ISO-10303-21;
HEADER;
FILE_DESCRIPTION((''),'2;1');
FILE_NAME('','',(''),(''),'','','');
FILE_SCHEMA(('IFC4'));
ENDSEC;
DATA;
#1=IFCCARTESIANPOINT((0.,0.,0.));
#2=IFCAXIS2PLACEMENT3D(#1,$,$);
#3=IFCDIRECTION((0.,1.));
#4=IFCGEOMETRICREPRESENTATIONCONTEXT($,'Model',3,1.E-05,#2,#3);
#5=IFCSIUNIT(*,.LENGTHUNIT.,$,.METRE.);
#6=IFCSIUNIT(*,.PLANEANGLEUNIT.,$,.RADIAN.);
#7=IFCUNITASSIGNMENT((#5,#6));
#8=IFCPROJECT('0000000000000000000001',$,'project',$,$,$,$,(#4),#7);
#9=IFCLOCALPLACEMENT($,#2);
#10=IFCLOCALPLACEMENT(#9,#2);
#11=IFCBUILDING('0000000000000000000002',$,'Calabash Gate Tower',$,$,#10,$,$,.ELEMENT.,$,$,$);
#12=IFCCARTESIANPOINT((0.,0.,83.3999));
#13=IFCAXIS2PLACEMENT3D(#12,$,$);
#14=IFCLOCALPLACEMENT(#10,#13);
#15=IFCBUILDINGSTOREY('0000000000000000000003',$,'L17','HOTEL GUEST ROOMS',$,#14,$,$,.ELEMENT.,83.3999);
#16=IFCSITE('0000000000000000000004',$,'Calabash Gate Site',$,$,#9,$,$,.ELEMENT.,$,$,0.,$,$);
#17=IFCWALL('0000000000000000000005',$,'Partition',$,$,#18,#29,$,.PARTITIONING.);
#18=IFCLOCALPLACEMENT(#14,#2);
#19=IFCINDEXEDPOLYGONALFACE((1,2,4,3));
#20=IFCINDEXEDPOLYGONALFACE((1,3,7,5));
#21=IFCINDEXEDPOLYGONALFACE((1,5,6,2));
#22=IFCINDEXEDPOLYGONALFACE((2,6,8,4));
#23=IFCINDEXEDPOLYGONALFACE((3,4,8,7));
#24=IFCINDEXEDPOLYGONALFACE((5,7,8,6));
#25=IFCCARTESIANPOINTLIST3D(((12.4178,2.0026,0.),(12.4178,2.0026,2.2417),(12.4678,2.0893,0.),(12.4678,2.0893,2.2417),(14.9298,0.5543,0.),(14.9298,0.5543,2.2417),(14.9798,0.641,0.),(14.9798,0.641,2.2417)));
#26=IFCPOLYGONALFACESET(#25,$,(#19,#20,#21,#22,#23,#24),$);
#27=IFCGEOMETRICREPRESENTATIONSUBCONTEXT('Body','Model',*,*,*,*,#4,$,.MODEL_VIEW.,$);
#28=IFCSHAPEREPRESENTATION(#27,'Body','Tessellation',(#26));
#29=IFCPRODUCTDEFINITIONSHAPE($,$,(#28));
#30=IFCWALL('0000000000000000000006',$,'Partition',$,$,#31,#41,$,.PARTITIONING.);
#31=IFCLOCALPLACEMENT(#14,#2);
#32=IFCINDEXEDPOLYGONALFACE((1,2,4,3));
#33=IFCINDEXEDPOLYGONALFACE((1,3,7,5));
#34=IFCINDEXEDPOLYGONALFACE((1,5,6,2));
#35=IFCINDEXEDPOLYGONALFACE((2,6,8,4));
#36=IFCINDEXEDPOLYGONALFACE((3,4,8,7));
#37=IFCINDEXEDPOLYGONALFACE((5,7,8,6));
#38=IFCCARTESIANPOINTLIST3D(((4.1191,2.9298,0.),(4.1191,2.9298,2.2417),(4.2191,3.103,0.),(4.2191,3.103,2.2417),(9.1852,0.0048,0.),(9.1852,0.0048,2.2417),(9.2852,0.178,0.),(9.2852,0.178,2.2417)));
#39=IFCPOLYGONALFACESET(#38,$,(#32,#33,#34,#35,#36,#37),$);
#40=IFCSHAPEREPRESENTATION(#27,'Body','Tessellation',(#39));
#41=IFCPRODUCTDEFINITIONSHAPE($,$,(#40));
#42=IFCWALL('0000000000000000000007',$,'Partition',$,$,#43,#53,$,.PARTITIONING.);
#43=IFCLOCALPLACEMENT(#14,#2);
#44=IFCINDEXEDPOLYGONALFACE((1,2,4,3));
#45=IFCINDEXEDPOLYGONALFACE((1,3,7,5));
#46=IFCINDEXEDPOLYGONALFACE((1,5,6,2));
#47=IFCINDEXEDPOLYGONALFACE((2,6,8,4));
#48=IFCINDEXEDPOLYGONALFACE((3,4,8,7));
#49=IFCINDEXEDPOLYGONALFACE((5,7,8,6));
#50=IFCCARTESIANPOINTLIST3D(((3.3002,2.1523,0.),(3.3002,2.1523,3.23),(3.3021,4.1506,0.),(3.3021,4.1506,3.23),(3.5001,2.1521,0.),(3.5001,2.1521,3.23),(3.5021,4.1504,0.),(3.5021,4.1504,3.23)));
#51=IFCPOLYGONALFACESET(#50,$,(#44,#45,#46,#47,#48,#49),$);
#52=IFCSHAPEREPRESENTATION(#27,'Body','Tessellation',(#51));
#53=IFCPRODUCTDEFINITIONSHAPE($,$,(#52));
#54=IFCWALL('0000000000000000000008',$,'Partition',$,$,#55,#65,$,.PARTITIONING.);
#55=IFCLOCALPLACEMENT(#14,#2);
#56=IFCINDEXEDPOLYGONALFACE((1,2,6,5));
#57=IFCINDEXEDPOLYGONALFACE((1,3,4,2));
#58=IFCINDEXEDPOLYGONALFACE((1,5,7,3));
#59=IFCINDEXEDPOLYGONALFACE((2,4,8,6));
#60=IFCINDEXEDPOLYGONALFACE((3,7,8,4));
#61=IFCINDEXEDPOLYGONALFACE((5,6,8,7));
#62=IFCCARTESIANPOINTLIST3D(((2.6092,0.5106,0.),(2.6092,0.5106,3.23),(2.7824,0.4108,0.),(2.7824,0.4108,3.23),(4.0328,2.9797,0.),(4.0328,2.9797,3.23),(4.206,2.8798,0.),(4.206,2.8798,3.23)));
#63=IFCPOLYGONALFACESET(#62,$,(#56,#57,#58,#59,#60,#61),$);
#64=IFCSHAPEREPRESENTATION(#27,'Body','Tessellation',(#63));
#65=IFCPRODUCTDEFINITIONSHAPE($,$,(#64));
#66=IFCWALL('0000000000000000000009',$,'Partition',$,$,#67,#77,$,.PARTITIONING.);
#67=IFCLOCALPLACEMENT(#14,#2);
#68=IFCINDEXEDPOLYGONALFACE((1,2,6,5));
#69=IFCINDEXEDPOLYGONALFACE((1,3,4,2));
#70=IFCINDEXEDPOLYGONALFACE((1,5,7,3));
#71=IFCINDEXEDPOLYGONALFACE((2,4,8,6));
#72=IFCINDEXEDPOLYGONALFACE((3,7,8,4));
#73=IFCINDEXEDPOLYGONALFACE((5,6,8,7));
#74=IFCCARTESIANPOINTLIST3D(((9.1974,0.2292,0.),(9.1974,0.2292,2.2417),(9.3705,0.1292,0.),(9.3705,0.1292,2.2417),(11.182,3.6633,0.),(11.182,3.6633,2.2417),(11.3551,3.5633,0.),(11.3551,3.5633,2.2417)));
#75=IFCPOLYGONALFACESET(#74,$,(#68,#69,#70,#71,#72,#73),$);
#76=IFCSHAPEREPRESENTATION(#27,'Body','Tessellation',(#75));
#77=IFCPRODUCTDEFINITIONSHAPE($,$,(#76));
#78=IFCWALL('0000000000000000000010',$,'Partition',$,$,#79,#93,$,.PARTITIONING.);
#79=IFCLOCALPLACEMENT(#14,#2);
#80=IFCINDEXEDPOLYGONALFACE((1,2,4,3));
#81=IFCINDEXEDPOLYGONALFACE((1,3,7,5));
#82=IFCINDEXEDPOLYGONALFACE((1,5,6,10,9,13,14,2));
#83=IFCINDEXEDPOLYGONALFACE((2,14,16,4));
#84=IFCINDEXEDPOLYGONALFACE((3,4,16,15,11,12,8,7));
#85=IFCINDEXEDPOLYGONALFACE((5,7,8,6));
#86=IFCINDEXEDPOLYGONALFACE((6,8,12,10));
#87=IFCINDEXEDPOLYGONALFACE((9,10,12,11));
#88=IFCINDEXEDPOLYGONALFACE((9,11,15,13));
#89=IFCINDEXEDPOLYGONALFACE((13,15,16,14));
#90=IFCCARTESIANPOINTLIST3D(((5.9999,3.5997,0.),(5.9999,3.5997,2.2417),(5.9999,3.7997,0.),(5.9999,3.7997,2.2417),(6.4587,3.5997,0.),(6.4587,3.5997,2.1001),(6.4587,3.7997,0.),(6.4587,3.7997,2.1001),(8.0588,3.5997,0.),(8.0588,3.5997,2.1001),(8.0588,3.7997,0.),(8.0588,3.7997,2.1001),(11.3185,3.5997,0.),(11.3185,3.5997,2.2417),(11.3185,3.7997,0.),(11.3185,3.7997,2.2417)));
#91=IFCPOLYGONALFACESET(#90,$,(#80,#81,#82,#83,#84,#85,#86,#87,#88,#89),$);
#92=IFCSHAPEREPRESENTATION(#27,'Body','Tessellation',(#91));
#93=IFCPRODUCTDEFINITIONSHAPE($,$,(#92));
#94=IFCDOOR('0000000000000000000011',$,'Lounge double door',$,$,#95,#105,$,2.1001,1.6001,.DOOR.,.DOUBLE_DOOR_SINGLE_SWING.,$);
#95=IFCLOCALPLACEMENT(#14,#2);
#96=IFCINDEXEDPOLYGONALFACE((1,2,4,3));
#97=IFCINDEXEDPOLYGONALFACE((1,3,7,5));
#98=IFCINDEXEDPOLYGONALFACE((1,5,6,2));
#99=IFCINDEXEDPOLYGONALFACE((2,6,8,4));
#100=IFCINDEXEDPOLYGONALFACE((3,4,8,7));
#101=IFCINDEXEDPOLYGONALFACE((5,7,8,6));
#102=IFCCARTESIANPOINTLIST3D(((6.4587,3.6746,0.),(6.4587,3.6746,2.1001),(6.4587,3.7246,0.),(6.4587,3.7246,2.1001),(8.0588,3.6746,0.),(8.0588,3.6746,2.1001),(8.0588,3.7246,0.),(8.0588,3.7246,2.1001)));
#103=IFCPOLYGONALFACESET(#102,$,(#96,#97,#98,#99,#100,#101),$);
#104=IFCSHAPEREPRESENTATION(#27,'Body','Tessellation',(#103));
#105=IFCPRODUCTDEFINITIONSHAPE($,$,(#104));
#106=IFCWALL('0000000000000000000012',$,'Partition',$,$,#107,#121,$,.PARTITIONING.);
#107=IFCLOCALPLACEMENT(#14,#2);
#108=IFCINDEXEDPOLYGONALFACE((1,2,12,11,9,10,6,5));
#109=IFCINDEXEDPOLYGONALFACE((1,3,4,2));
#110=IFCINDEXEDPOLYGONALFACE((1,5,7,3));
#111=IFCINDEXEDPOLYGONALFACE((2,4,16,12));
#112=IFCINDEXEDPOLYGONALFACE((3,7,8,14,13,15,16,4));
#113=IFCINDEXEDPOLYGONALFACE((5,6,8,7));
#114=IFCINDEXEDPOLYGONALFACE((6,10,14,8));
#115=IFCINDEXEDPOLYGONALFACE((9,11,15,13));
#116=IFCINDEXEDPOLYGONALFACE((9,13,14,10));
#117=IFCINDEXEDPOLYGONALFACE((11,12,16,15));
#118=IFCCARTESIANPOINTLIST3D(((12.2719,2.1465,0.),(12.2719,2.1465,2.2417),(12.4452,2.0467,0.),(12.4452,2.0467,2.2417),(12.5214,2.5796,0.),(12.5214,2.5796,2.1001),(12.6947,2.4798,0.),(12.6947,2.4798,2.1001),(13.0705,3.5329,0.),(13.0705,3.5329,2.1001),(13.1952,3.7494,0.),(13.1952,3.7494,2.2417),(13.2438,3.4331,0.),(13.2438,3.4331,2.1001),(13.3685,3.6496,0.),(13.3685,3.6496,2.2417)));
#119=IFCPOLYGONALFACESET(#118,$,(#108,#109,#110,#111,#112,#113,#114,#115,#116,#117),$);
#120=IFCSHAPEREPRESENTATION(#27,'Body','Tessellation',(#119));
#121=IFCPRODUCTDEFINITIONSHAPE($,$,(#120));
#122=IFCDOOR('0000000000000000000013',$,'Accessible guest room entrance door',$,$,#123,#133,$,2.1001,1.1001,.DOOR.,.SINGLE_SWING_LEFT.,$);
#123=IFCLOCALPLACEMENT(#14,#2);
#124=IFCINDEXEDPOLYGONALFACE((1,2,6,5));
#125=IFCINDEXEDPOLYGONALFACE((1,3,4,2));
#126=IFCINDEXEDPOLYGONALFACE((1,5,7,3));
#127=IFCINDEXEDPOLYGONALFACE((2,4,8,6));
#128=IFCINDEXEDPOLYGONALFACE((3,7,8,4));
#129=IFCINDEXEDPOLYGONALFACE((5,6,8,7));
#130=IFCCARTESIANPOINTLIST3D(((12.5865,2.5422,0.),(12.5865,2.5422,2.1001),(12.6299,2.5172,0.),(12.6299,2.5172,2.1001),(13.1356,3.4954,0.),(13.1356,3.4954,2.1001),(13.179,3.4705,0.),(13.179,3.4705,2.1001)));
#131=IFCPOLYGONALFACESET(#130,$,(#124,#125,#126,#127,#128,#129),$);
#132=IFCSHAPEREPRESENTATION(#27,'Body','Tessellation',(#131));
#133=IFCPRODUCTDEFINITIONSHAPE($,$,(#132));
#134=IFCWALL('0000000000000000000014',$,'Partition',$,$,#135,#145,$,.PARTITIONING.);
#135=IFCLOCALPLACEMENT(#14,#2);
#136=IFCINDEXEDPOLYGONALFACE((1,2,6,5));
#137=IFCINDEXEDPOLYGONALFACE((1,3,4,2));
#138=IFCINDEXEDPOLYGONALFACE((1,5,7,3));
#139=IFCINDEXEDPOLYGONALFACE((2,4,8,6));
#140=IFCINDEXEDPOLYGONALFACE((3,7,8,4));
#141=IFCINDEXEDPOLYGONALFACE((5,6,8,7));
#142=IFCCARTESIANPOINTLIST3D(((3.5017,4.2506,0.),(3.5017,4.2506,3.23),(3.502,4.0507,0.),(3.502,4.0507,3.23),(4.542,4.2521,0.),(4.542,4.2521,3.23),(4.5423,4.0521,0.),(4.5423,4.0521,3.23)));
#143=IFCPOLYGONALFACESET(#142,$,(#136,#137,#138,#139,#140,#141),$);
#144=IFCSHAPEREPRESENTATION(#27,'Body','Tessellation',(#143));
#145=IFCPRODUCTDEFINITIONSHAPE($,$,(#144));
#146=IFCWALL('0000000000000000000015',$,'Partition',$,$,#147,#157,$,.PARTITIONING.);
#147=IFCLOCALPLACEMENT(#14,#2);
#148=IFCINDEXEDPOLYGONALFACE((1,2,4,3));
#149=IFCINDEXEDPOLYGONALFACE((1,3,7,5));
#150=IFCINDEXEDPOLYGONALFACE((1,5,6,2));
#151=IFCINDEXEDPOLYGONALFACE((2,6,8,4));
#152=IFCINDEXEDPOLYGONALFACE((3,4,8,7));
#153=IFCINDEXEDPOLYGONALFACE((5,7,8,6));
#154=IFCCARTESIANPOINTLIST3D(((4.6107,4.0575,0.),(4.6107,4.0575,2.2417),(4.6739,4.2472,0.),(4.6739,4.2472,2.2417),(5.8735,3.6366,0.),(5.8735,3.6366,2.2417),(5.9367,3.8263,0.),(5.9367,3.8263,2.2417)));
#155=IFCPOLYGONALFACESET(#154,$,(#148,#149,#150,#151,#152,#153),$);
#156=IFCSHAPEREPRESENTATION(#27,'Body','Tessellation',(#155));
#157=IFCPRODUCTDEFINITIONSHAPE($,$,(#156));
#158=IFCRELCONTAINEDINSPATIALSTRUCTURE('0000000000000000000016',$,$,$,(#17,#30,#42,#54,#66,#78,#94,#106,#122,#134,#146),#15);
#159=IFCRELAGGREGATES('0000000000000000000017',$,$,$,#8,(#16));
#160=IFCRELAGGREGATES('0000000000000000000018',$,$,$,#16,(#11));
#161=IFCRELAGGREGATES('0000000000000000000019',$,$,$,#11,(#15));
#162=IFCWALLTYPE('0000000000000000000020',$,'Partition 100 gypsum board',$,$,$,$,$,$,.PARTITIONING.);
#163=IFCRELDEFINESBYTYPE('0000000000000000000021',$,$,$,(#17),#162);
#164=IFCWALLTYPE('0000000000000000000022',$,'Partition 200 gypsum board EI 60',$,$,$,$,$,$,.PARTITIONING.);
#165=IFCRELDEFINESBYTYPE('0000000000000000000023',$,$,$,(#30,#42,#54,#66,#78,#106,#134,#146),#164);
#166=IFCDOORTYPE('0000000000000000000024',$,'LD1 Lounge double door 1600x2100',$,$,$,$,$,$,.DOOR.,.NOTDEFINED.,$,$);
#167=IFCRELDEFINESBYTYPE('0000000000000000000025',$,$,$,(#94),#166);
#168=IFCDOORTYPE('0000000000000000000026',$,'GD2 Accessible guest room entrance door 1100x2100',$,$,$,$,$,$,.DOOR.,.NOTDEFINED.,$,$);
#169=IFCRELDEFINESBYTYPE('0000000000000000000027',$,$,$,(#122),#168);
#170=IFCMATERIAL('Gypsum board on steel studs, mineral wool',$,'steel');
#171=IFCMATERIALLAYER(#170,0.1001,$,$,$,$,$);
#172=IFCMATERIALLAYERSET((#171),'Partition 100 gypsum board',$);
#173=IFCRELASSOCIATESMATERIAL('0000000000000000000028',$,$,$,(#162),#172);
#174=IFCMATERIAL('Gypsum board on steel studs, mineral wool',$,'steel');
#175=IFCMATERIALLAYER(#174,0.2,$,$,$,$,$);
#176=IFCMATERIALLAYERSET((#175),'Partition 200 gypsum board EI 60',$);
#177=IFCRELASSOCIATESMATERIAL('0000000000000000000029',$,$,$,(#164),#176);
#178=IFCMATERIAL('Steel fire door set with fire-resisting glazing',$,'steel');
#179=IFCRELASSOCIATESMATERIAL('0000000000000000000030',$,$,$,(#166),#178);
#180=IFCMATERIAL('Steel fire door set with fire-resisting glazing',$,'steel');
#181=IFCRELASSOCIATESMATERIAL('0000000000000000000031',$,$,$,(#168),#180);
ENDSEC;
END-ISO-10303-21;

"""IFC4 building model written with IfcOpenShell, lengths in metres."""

from ifc_helpers import new_model, si_unit, direction, frame, frame_2d, origin, place, context, subcontext, project, spatial, rectangle, extrude, material, layer, layer_set, type_object, element, fill, save


model = new_model("IFC4")

# Units and contexts
model_context = context("Model", 3, precision=1e-05, world=origin(), true_north=direction((0.0, 1.0)))
body_context = subcontext(model_context, "Body", "Model", "MODEL_VIEW")
ifc_project = project(units=[si_unit("LENGTHUNIT", "METRE"), si_unit("PLANEANGLEUNIT", "RADIAN")], contexts=[model_context])

# Site, building, storey
site_placement = place(None, origin())
site = spatial("IfcSite", under=ifc_project, at=site_placement, Name="Calabash Gate Site", CompositionType="ELEMENT", RefElevation=0.0)
building_placement = place(site_placement, origin())
building = spatial("IfcBuilding", under=site, at=building_placement, Name="Calabash Gate Tower", CompositionType="ELEMENT")
storey_placement = place(building_placement, frame((0.0, 0.0, 83.3999)))
storey = spatial("IfcBuildingStorey", under=building, at=storey_placement, Name="L17", Description="HOTEL GUEST ROOMS", CompositionType="ELEMENT", Elevation=83.3999)

# Shared definitions
ifc_material_1 = material(Name="Gypsum board on steel studs, mineral wool", Category="steel")
ifc_layer_1 = layer(ifc_material_1, 0.1001)
ifc_layer_set_1 = layer_set([ifc_layer_1], Name="Partition 100 gypsum board")
wall_type_1 = type_object("IfcWallType", Name="Partition 100 gypsum board", PredefinedType="PARTITIONING", material=ifc_layer_set_1)

# Walls
wall_1_placement = place(storey_placement, frame((12.4429, 2.0459, 0.0), z_axis=(0.0, 0.0, 1.0), x_axis=(0.86633, -0.499472, 0.0)))
element("IfcWall", 1, at=wall_1_placement, inside=storey, type_object=wall_type_1, Name="Partition", PredefinedType="PARTITIONING", context=body_context, shape_type="SweptSolid", body=[
    extrude(rectangle(XDim=2.8997, YDim=0.1001, at=frame_2d((1.4497, 0.0))), origin(), (0.0, 0.0, 1.0), 2.2417),
])
ifc_material_2 = material(Name="Gypsum board on steel studs, mineral wool", Category="steel")
ifc_layer_2 = layer(ifc_material_2, 0.2)
ifc_layer_set_2 = layer_set([ifc_layer_2], Name="Partition 200 gypsum board EI 60")
wall_type_2 = type_object("IfcWallType", Name="Partition 200 gypsum board EI 60", PredefinedType="PARTITIONING", material=ifc_layer_set_2)
wall_2_placement = place(storey_placement, frame((4.1692, 3.0164, 0.0), z_axis=(0.0, 0.0, 1.0), x_axis=(0.866018, -0.500013, 0.0)))
element("IfcWall", 2, at=wall_2_placement, inside=storey, type_object=wall_type_2, Name="Partition", PredefinedType="PARTITIONING", context=body_context, shape_type="SweptSolid", body=[
    extrude(rectangle(XDim=5.8499, YDim=0.2, at=frame_2d((2.9248, 0.0))), origin(), (0.0, 0.0, 1.0), 2.2417),
])
wall_3_placement = place(storey_placement, frame((3.4001, 2.1523, 0.0), z_axis=(0.0, 0.0, 1.0), x_axis=(0.000977, 1.0, 0.0)))
element("IfcWall", 3, at=wall_3_placement, inside=storey, type_object=wall_type_2, Name="Partition", PredefinedType="PARTITIONING", context=body_context, shape_type="SweptSolid", body=[
    extrude(rectangle(XDim=1.9983, YDim=0.2, at=frame_2d((0.999, 0.0))), origin(), (0.0, 0.0, 1.0), 3.23),
])
wall_4_placement = place(storey_placement, frame((2.6958, 0.4607, 0.0), z_axis=(0.0, 0.0, 1.0), x_axis=(0.499502, 0.866312, 0.0)))
element("IfcWall", 4, at=wall_4_placement, inside=storey, type_object=wall_type_2, Name="Partition", PredefinedType="PARTITIONING", context=body_context, shape_type="SweptSolid", body=[
    extrude(rectangle(XDim=2.8501, YDim=0.2, at=frame_2d((1.425, 0.0))), origin(), (0.0, 0.0, 1.0), 3.23),
])
wall_5_placement = place(storey_placement, frame((9.2839, 0.1792, 0.0), z_axis=(0.0, 0.0, 1.0), x_axis=(0.500369, 0.865812, 0.0)))
element("IfcWall", 5, at=wall_5_placement, inside=storey, type_object=wall_type_2, Name="Partition", PredefinedType="PARTITIONING", context=body_context, shape_type="SweptSolid", body=[
    extrude(rectangle(XDim=3.9663, YDim=0.2, at=frame_2d((1.9832, 0.0))), origin(), (0.0, 0.0, 1.0), 2.2417),
])

# Walls, openings, doors
wall_6_placement = place(storey_placement, frame((6.0, 3.6997, 0.0), z_axis=(0.0, 0.0, 1.0), x_axis=(1.0, 0.0, 0.0)))
wall_6 = element("IfcWall", 6, at=wall_6_placement, inside=storey, type_object=wall_type_2, Name="Partition", PredefinedType="PARTITIONING", context=body_context, shape_type="SweptSolid", body=[
    extrude(rectangle(XDim=5.3186, YDim=0.2, at=frame_2d((2.6592, 0.0))), origin(), (0.0, 0.0, 1.0), 2.2417),
])
opening_1_placement = place(wall_6_placement, frame((0.4587, 0.0, 0.0)))
opening_1 = element("IfcOpeningElement", 7, at=opening_1_placement, cuts=wall_6, PredefinedType="OPENING", context=body_context, shape_type="SweptSolid", body=[
    extrude(rectangle(XDim=1.6001, YDim=2.1001, at=frame_2d((0.8, 1.05))), frame((0.0, 0.1099, 0.0), z_axis=(0.0, -1.0, 0.0), x_axis=(1.0, 0.0, 0.0)), (0.0, 0.0, 1.0), 0.22),
])
ifc_material_3 = material(Name="Steel fire door set with fire-resisting glazing", Category="steel")
door_type_1 = type_object("IfcDoorType", Name="LD1 Lounge double door 1600x2100", OperationType="NOTDEFINED", PredefinedType="DOOR", material=ifc_material_3)
door_1_placement = place(opening_1_placement, origin())
door_1 = element("IfcDoor", 8, at=door_1_placement, inside=storey, type_object=door_type_1, Name="Lounge double door", OperationType="DOUBLE_DOOR_SINGLE_SWING", OverallHeight=2.1001, OverallWidth=1.6001, PredefinedType="DOOR", context=body_context, shape_type="SweptSolid", body=[
    extrude(rectangle(XDim=1.6001, YDim=2.1001, at=frame_2d((0.8, 1.05))), frame((0.0, 0.0249, 0.0), z_axis=(0.0, -1.0, 0.0), x_axis=(1.0, 0.0, 0.0)), (0.0, 0.0, 1.0), 0.05),
])
fill(opening_1, door_1)
wall_7_placement = place(storey_placement, frame((12.3586, 2.0967, 0.0), z_axis=(0.0, 0.0, 1.0), x_axis=(0.499121, 0.866533, 0.0)))
wall_7 = element("IfcWall", 9, at=wall_7_placement, inside=storey, type_object=wall_type_2, Name="Partition", PredefinedType="PARTITIONING", context=body_context, shape_type="SweptSolid", body=[
    extrude(rectangle(XDim=1.8499, YDim=0.2, at=frame_2d((0.9248, 0.0))), origin(), (0.0, 0.0, 1.0), 2.2417),
])
opening_2_placement = place(wall_7_placement, frame((0.4998, 0.0, 0.0)))
opening_2 = element("IfcOpeningElement", 10, at=opening_2_placement, cuts=wall_7, PredefinedType="OPENING", context=body_context, shape_type="SweptSolid", body=[
    extrude(rectangle(XDim=1.1001, YDim=2.1001, at=frame_2d((0.55, 1.05))), frame((0.0, 0.1099, 0.0), z_axis=(0.0, -1.0, 0.0), x_axis=(1.0, 0.0, 0.0)), (0.0, 0.0, 1.0), 0.22),
])
ifc_material_4 = material(Name="Steel fire door set with fire-resisting glazing", Category="steel")
door_type_2 = type_object("IfcDoorType", Name="GD2 Accessible guest room entrance door 1100x2100", OperationType="NOTDEFINED", PredefinedType="DOOR", material=ifc_material_4)
door_2_placement = place(opening_2_placement, origin())
door_2 = element("IfcDoor", 11, at=door_2_placement, inside=storey, type_object=door_type_2, Name="Accessible guest room entrance door", OperationType="SINGLE_SWING_LEFT", OverallHeight=2.1001, OverallWidth=1.1001, PredefinedType="DOOR", context=body_context, shape_type="SweptSolid", body=[
    extrude(rectangle(XDim=1.1001, YDim=2.1001, at=frame_2d((0.55, 1.05))), frame((0.0, 0.0249, 0.0), z_axis=(0.0, -1.0, 0.0), x_axis=(1.0, 0.0, 0.0)), (0.0, 0.0, 1.0), 0.05),
])
fill(opening_2, door_2)

# Walls
wall_8_placement = place(storey_placement, frame((3.502, 4.1506, 0.0), z_axis=(0.0, 0.0, 1.0), x_axis=(0.999999, 0.001408, 0.0)))
element("IfcWall", 12, at=wall_8_placement, inside=storey, type_object=wall_type_2, Name="Partition", PredefinedType="PARTITIONING", context=body_context, shape_type="SweptSolid", body=[
    extrude(rectangle(XDim=1.0403, YDim=0.2, at=frame_2d((0.52, 0.0))), origin(), (0.0, 0.0, 1.0), 3.23),
])
wall_9_placement = place(storey_placement, frame((4.6423, 4.1523, 0.0), z_axis=(0.0, 0.0, 1.0), x_axis=(0.948683, -0.316228, 0.0)))
element("IfcWall", 13, at=wall_9_placement, inside=storey, type_object=wall_type_2, Name="Partition", PredefinedType="PARTITIONING", context=body_context, shape_type="SweptSolid", body=[
    extrude(rectangle(XDim=1.3311, YDim=0.2, at=frame_2d((0.6655, 0.0))), origin(), (0.0, 0.0, 1.0), 2.2417),
])

save(model, "model.ifc")
